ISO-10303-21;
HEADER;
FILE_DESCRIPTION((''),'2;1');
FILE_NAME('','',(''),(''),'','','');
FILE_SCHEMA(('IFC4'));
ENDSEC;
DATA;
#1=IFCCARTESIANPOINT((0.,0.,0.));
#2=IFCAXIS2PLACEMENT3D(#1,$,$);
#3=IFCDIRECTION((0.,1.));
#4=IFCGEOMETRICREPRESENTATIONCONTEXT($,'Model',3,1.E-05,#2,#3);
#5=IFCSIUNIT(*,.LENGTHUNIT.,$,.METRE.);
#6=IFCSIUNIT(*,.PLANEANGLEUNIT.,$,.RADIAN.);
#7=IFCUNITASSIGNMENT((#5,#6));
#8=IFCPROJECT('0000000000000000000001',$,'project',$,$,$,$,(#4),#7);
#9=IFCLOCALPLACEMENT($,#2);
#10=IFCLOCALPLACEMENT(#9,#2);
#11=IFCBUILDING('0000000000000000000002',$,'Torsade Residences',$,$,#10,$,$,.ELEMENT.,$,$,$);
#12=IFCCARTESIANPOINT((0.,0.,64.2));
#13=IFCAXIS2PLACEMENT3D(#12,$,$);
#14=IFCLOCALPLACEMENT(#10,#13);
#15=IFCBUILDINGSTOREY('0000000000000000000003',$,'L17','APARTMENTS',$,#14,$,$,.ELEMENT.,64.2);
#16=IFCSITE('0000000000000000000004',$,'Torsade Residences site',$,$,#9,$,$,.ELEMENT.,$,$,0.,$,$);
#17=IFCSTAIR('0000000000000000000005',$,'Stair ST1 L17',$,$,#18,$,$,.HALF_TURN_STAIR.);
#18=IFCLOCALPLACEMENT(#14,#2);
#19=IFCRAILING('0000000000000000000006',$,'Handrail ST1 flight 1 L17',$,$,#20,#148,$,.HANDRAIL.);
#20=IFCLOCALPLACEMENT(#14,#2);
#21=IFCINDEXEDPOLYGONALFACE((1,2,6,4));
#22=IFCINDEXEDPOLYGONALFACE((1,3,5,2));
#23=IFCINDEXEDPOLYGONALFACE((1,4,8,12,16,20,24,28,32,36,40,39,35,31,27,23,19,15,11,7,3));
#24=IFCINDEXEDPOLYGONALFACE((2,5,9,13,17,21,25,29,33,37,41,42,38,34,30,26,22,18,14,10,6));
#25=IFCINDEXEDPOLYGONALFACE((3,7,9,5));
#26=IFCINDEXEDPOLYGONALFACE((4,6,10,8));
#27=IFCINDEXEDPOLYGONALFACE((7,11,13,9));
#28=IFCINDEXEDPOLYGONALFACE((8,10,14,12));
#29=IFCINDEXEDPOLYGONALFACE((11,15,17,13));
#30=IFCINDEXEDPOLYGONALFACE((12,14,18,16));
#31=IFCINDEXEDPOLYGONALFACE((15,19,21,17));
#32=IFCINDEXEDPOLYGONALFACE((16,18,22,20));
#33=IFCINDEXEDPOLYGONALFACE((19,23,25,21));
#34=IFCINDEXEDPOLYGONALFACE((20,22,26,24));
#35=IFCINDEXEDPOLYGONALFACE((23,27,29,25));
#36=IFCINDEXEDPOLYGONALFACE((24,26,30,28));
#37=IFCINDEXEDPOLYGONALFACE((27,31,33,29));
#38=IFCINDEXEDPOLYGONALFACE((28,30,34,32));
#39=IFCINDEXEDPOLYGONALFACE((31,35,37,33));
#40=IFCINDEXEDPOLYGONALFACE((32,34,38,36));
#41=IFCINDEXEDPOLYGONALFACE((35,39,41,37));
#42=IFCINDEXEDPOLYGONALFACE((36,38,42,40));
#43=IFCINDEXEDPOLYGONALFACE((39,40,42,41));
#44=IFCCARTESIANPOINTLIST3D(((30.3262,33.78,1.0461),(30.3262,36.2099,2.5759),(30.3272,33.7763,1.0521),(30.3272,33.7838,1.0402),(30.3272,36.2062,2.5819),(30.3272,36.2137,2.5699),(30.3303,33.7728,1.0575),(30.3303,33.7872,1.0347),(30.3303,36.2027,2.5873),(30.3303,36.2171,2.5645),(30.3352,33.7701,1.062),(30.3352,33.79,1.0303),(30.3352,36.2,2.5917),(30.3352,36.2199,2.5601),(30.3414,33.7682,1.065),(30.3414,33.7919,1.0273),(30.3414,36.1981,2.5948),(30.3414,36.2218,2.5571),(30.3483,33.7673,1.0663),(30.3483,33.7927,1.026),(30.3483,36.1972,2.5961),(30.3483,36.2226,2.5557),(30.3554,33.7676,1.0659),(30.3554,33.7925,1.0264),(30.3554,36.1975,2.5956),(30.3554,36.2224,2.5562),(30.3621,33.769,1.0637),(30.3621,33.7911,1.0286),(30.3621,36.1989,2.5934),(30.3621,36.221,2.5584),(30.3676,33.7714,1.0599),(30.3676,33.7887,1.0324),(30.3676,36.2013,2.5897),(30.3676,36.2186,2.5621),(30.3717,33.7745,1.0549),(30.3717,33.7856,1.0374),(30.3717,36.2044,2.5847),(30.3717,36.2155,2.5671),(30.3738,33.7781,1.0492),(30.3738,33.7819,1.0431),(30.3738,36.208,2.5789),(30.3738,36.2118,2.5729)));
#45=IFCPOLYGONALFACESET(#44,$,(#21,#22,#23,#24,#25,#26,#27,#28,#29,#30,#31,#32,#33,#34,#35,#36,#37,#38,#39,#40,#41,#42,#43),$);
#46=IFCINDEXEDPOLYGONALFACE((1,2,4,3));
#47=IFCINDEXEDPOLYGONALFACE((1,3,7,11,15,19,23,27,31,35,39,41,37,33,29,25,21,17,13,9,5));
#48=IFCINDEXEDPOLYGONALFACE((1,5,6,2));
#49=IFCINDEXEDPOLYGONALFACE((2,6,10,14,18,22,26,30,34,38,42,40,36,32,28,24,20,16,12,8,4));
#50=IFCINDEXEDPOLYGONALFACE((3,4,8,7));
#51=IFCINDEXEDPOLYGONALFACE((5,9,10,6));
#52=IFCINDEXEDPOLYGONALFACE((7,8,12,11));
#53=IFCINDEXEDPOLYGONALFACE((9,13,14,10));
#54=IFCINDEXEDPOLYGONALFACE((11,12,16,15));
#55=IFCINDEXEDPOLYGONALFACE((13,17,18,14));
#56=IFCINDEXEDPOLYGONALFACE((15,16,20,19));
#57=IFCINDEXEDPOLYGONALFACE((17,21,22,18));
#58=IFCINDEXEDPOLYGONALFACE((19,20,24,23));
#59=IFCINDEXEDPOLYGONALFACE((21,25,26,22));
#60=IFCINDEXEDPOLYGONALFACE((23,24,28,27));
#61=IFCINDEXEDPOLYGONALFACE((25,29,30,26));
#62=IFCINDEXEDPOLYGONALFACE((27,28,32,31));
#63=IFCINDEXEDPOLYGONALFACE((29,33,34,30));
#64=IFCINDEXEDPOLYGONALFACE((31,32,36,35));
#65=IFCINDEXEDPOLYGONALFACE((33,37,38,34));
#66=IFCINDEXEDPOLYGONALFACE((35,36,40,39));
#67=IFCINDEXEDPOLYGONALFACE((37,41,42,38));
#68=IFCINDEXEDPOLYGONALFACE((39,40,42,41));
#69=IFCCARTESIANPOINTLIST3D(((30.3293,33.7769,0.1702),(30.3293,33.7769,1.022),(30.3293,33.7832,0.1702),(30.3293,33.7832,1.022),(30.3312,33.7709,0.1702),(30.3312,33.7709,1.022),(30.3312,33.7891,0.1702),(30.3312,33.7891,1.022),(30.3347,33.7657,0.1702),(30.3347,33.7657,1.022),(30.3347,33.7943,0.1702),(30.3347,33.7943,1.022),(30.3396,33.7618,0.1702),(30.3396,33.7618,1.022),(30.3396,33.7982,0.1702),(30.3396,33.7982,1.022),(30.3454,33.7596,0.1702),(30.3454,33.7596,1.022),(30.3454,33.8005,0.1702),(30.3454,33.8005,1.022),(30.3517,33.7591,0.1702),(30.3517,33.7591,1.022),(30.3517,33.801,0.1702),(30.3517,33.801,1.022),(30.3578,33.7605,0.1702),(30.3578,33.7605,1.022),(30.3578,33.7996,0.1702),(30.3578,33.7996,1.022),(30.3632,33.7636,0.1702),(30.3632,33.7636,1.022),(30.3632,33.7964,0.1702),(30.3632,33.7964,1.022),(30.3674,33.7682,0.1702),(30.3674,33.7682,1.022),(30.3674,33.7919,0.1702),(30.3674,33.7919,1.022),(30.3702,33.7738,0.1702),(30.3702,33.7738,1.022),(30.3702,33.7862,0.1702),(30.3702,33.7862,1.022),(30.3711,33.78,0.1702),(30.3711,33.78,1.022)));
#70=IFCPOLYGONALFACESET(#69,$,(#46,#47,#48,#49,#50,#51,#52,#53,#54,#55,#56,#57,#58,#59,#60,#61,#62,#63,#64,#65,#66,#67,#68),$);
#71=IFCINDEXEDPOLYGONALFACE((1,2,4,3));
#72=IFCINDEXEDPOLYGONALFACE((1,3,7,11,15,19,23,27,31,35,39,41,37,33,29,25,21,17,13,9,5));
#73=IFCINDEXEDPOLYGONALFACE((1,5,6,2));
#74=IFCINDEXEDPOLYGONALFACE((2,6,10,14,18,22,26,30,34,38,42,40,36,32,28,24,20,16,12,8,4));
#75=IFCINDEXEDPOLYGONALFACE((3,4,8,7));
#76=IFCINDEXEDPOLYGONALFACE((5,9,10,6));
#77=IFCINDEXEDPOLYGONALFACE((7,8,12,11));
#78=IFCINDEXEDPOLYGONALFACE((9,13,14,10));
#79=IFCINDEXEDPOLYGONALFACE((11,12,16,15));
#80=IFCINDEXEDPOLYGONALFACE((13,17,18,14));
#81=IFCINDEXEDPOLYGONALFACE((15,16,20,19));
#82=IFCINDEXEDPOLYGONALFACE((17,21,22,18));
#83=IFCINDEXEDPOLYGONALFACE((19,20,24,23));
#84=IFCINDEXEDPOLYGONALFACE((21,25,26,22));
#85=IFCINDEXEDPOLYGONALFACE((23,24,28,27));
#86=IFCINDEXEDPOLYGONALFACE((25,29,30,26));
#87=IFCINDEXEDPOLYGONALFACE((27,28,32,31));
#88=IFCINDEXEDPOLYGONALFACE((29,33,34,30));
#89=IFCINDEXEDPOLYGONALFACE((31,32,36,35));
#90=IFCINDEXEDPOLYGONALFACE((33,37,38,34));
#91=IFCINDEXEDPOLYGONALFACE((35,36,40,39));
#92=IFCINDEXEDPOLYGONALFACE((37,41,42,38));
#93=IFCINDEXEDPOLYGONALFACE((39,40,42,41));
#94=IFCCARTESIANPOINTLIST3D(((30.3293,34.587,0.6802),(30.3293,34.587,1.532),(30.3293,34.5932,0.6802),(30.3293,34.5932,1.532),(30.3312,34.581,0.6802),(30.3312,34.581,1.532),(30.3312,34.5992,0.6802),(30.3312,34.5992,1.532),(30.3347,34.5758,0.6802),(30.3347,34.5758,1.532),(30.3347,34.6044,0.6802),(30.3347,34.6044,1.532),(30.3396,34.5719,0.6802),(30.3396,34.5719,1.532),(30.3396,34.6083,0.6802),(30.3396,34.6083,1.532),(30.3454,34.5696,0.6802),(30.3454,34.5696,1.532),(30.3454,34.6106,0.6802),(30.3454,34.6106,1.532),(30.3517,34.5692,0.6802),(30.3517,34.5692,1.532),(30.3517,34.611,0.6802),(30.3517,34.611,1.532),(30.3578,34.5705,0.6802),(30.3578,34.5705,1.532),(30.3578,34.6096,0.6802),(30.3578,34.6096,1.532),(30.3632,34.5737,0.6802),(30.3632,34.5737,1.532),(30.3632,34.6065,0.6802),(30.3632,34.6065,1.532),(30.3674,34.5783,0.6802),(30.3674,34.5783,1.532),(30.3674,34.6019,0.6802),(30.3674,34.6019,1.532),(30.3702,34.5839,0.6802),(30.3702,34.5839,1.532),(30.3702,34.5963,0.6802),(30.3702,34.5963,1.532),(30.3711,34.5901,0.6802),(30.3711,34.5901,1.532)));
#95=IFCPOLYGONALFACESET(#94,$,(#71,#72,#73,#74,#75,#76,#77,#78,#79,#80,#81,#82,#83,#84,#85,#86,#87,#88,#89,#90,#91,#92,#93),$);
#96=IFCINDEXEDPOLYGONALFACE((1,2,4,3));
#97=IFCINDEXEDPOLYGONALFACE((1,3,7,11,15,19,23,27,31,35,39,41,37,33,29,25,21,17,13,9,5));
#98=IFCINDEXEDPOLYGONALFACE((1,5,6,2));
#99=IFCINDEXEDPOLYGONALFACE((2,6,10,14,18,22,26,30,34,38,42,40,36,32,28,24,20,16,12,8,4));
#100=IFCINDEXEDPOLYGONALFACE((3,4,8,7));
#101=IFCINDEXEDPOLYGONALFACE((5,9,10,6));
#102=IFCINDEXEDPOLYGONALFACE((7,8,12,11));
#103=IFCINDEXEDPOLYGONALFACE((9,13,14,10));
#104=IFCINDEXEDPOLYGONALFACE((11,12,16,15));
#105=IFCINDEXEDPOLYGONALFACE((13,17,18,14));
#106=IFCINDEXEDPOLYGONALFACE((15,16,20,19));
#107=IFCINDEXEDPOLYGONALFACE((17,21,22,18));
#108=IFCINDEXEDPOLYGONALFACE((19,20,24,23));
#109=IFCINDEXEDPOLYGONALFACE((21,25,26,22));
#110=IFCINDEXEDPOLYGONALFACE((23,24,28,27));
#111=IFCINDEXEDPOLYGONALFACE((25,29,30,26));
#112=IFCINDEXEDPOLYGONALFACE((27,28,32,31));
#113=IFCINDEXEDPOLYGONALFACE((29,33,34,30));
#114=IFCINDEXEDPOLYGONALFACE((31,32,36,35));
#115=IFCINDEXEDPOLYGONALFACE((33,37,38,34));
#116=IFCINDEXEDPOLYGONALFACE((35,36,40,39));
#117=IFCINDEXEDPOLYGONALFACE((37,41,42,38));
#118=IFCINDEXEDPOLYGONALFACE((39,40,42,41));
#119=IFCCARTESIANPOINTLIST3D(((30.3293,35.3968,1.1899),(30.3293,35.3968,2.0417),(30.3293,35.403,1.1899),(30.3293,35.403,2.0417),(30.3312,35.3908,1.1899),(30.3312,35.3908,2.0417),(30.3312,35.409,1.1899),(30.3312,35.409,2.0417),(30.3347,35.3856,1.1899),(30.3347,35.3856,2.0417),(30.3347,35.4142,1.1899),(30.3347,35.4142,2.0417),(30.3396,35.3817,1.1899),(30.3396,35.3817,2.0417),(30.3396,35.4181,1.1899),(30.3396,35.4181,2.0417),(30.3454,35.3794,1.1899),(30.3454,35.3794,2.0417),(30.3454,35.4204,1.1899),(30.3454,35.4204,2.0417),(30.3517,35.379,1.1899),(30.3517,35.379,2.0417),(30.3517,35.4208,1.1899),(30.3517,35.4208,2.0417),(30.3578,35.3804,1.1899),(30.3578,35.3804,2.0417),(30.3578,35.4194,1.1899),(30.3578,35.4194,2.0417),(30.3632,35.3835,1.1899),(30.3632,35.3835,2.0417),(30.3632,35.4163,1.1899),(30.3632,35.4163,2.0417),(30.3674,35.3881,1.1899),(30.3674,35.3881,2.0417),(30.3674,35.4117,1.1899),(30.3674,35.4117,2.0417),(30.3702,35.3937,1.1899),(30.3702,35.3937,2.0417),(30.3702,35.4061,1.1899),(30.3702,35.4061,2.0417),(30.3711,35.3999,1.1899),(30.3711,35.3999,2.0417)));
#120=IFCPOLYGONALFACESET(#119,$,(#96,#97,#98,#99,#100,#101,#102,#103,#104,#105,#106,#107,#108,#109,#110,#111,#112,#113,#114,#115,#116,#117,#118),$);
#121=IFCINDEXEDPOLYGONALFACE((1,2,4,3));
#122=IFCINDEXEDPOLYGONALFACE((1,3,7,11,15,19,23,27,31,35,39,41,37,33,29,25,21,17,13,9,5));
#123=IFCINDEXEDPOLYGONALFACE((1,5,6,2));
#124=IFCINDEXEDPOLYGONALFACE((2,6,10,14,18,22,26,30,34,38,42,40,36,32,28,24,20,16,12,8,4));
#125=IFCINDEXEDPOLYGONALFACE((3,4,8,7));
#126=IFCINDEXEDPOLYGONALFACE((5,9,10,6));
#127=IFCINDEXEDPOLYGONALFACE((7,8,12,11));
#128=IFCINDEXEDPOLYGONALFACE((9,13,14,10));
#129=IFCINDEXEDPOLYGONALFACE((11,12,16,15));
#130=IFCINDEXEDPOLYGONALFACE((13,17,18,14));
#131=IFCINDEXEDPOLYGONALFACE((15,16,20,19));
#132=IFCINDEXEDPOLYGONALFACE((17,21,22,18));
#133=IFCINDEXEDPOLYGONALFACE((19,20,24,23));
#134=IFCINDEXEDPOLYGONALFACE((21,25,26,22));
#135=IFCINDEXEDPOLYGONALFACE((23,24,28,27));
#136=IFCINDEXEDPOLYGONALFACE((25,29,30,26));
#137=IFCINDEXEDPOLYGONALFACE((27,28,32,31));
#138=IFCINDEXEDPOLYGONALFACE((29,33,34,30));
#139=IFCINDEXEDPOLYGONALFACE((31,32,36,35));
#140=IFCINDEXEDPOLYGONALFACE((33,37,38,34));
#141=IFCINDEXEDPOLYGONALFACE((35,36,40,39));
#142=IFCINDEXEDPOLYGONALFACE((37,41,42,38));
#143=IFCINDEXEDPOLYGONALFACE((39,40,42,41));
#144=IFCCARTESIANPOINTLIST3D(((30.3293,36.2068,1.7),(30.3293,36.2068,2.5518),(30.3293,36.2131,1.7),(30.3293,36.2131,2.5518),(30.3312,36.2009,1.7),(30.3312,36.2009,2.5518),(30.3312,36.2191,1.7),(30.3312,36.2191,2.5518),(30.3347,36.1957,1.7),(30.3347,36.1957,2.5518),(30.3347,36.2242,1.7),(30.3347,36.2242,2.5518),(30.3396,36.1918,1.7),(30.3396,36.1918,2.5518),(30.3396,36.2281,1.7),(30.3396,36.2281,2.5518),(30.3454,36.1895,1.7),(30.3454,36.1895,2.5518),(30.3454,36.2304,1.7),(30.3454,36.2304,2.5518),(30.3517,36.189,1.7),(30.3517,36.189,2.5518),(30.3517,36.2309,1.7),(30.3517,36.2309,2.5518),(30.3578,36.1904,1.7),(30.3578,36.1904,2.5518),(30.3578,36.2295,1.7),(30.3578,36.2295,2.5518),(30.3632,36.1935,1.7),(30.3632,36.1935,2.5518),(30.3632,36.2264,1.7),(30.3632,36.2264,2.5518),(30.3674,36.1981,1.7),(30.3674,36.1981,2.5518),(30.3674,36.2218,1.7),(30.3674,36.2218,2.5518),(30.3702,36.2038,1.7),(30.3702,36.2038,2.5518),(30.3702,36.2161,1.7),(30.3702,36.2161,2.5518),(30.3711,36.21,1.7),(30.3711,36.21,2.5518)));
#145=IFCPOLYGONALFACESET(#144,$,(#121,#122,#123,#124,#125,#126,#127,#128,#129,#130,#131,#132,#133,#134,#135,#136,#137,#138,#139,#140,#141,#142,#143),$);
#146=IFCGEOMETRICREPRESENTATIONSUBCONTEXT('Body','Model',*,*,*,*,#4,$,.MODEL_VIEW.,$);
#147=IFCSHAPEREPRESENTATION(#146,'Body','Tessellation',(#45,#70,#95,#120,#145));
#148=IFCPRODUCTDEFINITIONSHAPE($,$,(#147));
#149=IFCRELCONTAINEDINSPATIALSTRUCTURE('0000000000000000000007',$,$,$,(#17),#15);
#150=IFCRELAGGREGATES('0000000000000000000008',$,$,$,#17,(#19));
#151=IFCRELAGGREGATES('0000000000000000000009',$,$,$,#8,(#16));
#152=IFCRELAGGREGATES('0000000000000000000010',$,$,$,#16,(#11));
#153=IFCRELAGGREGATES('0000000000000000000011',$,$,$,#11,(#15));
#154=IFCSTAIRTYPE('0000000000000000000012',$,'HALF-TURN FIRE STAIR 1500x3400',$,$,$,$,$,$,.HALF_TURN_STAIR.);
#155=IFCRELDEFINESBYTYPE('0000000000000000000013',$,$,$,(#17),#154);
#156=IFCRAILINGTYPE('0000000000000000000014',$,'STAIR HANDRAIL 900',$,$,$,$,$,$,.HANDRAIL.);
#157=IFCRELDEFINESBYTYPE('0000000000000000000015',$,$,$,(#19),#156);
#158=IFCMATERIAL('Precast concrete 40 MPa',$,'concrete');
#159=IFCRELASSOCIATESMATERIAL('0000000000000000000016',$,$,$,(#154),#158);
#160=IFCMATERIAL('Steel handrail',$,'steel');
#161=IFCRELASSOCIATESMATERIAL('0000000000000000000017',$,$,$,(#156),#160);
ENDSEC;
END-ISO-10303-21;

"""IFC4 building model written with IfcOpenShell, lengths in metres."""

from ifc_helpers import new_model, si_unit, direction, frame, origin, origin_2d, place, context, subcontext, project, spatial, circle, extrude, material, type_object, element, aggregate, save


model = new_model("IFC4")

# Units and contexts
model_context = context("Model", 3, precision=1e-05, world=origin(), true_north=direction((0.0, 1.0)))
body_context = subcontext(model_context, "Body", "Model", "MODEL_VIEW")
ifc_project = project(units=[si_unit("LENGTHUNIT", "METRE"), si_unit("PLANEANGLEUNIT", "RADIAN")], contexts=[model_context])

# Site, building, storey
site_placement = place(None, origin())
site = spatial("IfcSite", under=ifc_project, at=site_placement, Name="Torsade Residences site", CompositionType="ELEMENT", RefElevation=0.0)
building_placement = place(site_placement, origin())
building = spatial("IfcBuilding", under=site, at=building_placement, Name="Torsade Residences", CompositionType="ELEMENT")
storey_placement = place(building_placement, frame((0.0, 0.0, 64.2)))
storey = spatial("IfcBuildingStorey", under=building, at=storey_placement, Name="L17", Description="APARTMENTS", CompositionType="ELEMENT", Elevation=64.2)

# Stair, railing
ifc_material_1 = material(Name="Precast concrete 40 MPa", Category="concrete")
stair_type = type_object("IfcStairType", Name="HALF-TURN FIRE STAIR 1500x3400", PredefinedType="HALF_TURN_STAIR", material=ifc_material_1)
stair_placement = place(storey_placement, origin())
stair = element("IfcStair", 1, at=stair_placement, inside=storey, type_object=stair_type, Name="Stair ST1 L17", PredefinedType="HALF_TURN_STAIR")
ifc_material_2 = material(Name="Steel handrail", Category="steel")
railing_type = type_object("IfcRailingType", Name="STAIR HANDRAIL 900", PredefinedType="HANDRAIL", material=ifc_material_2)
railing_1_placement = place(storey_placement, frame((30.3501, 33.78, 0.1702)))
railing_1 = element("IfcRailing", 2, at=railing_1_placement, type_object=railing_type, Name="Handrail ST1 flight 1 L17", PredefinedType="HANDRAIL", context=body_context, shape_type="SweptSolid", body=[
    extrude(circle(Radius=0.0239, at=origin_2d()), frame((0.0, 0.0, 0.876), z_axis=(0.0, 0.84626, 0.53277), x_axis=(-1.0, 0.0, 0.0)), (0.0, 0.0, 1.0), 2.8713),
    extrude(circle(Radius=0.021, at=origin_2d()), origin(), (0.0, 0.0, 1.0), 0.8518),
    extrude(circle(Radius=0.021, at=origin_2d()), frame((0.0, 0.8101, 0.51)), (0.0, 0.0, 1.0), 0.8518),
    extrude(circle(Radius=0.021, at=origin_2d()), frame((0.0, 1.6199, 1.0198)), (0.0, 0.0, 1.0), 0.8518),
    extrude(circle(Radius=0.021, at=origin_2d()), frame((0.0, 2.4299, 1.5298)), (0.0, 0.0, 1.0), 0.8518),
])
aggregate(stair, [railing_1])

save(model, "model.ifc")
